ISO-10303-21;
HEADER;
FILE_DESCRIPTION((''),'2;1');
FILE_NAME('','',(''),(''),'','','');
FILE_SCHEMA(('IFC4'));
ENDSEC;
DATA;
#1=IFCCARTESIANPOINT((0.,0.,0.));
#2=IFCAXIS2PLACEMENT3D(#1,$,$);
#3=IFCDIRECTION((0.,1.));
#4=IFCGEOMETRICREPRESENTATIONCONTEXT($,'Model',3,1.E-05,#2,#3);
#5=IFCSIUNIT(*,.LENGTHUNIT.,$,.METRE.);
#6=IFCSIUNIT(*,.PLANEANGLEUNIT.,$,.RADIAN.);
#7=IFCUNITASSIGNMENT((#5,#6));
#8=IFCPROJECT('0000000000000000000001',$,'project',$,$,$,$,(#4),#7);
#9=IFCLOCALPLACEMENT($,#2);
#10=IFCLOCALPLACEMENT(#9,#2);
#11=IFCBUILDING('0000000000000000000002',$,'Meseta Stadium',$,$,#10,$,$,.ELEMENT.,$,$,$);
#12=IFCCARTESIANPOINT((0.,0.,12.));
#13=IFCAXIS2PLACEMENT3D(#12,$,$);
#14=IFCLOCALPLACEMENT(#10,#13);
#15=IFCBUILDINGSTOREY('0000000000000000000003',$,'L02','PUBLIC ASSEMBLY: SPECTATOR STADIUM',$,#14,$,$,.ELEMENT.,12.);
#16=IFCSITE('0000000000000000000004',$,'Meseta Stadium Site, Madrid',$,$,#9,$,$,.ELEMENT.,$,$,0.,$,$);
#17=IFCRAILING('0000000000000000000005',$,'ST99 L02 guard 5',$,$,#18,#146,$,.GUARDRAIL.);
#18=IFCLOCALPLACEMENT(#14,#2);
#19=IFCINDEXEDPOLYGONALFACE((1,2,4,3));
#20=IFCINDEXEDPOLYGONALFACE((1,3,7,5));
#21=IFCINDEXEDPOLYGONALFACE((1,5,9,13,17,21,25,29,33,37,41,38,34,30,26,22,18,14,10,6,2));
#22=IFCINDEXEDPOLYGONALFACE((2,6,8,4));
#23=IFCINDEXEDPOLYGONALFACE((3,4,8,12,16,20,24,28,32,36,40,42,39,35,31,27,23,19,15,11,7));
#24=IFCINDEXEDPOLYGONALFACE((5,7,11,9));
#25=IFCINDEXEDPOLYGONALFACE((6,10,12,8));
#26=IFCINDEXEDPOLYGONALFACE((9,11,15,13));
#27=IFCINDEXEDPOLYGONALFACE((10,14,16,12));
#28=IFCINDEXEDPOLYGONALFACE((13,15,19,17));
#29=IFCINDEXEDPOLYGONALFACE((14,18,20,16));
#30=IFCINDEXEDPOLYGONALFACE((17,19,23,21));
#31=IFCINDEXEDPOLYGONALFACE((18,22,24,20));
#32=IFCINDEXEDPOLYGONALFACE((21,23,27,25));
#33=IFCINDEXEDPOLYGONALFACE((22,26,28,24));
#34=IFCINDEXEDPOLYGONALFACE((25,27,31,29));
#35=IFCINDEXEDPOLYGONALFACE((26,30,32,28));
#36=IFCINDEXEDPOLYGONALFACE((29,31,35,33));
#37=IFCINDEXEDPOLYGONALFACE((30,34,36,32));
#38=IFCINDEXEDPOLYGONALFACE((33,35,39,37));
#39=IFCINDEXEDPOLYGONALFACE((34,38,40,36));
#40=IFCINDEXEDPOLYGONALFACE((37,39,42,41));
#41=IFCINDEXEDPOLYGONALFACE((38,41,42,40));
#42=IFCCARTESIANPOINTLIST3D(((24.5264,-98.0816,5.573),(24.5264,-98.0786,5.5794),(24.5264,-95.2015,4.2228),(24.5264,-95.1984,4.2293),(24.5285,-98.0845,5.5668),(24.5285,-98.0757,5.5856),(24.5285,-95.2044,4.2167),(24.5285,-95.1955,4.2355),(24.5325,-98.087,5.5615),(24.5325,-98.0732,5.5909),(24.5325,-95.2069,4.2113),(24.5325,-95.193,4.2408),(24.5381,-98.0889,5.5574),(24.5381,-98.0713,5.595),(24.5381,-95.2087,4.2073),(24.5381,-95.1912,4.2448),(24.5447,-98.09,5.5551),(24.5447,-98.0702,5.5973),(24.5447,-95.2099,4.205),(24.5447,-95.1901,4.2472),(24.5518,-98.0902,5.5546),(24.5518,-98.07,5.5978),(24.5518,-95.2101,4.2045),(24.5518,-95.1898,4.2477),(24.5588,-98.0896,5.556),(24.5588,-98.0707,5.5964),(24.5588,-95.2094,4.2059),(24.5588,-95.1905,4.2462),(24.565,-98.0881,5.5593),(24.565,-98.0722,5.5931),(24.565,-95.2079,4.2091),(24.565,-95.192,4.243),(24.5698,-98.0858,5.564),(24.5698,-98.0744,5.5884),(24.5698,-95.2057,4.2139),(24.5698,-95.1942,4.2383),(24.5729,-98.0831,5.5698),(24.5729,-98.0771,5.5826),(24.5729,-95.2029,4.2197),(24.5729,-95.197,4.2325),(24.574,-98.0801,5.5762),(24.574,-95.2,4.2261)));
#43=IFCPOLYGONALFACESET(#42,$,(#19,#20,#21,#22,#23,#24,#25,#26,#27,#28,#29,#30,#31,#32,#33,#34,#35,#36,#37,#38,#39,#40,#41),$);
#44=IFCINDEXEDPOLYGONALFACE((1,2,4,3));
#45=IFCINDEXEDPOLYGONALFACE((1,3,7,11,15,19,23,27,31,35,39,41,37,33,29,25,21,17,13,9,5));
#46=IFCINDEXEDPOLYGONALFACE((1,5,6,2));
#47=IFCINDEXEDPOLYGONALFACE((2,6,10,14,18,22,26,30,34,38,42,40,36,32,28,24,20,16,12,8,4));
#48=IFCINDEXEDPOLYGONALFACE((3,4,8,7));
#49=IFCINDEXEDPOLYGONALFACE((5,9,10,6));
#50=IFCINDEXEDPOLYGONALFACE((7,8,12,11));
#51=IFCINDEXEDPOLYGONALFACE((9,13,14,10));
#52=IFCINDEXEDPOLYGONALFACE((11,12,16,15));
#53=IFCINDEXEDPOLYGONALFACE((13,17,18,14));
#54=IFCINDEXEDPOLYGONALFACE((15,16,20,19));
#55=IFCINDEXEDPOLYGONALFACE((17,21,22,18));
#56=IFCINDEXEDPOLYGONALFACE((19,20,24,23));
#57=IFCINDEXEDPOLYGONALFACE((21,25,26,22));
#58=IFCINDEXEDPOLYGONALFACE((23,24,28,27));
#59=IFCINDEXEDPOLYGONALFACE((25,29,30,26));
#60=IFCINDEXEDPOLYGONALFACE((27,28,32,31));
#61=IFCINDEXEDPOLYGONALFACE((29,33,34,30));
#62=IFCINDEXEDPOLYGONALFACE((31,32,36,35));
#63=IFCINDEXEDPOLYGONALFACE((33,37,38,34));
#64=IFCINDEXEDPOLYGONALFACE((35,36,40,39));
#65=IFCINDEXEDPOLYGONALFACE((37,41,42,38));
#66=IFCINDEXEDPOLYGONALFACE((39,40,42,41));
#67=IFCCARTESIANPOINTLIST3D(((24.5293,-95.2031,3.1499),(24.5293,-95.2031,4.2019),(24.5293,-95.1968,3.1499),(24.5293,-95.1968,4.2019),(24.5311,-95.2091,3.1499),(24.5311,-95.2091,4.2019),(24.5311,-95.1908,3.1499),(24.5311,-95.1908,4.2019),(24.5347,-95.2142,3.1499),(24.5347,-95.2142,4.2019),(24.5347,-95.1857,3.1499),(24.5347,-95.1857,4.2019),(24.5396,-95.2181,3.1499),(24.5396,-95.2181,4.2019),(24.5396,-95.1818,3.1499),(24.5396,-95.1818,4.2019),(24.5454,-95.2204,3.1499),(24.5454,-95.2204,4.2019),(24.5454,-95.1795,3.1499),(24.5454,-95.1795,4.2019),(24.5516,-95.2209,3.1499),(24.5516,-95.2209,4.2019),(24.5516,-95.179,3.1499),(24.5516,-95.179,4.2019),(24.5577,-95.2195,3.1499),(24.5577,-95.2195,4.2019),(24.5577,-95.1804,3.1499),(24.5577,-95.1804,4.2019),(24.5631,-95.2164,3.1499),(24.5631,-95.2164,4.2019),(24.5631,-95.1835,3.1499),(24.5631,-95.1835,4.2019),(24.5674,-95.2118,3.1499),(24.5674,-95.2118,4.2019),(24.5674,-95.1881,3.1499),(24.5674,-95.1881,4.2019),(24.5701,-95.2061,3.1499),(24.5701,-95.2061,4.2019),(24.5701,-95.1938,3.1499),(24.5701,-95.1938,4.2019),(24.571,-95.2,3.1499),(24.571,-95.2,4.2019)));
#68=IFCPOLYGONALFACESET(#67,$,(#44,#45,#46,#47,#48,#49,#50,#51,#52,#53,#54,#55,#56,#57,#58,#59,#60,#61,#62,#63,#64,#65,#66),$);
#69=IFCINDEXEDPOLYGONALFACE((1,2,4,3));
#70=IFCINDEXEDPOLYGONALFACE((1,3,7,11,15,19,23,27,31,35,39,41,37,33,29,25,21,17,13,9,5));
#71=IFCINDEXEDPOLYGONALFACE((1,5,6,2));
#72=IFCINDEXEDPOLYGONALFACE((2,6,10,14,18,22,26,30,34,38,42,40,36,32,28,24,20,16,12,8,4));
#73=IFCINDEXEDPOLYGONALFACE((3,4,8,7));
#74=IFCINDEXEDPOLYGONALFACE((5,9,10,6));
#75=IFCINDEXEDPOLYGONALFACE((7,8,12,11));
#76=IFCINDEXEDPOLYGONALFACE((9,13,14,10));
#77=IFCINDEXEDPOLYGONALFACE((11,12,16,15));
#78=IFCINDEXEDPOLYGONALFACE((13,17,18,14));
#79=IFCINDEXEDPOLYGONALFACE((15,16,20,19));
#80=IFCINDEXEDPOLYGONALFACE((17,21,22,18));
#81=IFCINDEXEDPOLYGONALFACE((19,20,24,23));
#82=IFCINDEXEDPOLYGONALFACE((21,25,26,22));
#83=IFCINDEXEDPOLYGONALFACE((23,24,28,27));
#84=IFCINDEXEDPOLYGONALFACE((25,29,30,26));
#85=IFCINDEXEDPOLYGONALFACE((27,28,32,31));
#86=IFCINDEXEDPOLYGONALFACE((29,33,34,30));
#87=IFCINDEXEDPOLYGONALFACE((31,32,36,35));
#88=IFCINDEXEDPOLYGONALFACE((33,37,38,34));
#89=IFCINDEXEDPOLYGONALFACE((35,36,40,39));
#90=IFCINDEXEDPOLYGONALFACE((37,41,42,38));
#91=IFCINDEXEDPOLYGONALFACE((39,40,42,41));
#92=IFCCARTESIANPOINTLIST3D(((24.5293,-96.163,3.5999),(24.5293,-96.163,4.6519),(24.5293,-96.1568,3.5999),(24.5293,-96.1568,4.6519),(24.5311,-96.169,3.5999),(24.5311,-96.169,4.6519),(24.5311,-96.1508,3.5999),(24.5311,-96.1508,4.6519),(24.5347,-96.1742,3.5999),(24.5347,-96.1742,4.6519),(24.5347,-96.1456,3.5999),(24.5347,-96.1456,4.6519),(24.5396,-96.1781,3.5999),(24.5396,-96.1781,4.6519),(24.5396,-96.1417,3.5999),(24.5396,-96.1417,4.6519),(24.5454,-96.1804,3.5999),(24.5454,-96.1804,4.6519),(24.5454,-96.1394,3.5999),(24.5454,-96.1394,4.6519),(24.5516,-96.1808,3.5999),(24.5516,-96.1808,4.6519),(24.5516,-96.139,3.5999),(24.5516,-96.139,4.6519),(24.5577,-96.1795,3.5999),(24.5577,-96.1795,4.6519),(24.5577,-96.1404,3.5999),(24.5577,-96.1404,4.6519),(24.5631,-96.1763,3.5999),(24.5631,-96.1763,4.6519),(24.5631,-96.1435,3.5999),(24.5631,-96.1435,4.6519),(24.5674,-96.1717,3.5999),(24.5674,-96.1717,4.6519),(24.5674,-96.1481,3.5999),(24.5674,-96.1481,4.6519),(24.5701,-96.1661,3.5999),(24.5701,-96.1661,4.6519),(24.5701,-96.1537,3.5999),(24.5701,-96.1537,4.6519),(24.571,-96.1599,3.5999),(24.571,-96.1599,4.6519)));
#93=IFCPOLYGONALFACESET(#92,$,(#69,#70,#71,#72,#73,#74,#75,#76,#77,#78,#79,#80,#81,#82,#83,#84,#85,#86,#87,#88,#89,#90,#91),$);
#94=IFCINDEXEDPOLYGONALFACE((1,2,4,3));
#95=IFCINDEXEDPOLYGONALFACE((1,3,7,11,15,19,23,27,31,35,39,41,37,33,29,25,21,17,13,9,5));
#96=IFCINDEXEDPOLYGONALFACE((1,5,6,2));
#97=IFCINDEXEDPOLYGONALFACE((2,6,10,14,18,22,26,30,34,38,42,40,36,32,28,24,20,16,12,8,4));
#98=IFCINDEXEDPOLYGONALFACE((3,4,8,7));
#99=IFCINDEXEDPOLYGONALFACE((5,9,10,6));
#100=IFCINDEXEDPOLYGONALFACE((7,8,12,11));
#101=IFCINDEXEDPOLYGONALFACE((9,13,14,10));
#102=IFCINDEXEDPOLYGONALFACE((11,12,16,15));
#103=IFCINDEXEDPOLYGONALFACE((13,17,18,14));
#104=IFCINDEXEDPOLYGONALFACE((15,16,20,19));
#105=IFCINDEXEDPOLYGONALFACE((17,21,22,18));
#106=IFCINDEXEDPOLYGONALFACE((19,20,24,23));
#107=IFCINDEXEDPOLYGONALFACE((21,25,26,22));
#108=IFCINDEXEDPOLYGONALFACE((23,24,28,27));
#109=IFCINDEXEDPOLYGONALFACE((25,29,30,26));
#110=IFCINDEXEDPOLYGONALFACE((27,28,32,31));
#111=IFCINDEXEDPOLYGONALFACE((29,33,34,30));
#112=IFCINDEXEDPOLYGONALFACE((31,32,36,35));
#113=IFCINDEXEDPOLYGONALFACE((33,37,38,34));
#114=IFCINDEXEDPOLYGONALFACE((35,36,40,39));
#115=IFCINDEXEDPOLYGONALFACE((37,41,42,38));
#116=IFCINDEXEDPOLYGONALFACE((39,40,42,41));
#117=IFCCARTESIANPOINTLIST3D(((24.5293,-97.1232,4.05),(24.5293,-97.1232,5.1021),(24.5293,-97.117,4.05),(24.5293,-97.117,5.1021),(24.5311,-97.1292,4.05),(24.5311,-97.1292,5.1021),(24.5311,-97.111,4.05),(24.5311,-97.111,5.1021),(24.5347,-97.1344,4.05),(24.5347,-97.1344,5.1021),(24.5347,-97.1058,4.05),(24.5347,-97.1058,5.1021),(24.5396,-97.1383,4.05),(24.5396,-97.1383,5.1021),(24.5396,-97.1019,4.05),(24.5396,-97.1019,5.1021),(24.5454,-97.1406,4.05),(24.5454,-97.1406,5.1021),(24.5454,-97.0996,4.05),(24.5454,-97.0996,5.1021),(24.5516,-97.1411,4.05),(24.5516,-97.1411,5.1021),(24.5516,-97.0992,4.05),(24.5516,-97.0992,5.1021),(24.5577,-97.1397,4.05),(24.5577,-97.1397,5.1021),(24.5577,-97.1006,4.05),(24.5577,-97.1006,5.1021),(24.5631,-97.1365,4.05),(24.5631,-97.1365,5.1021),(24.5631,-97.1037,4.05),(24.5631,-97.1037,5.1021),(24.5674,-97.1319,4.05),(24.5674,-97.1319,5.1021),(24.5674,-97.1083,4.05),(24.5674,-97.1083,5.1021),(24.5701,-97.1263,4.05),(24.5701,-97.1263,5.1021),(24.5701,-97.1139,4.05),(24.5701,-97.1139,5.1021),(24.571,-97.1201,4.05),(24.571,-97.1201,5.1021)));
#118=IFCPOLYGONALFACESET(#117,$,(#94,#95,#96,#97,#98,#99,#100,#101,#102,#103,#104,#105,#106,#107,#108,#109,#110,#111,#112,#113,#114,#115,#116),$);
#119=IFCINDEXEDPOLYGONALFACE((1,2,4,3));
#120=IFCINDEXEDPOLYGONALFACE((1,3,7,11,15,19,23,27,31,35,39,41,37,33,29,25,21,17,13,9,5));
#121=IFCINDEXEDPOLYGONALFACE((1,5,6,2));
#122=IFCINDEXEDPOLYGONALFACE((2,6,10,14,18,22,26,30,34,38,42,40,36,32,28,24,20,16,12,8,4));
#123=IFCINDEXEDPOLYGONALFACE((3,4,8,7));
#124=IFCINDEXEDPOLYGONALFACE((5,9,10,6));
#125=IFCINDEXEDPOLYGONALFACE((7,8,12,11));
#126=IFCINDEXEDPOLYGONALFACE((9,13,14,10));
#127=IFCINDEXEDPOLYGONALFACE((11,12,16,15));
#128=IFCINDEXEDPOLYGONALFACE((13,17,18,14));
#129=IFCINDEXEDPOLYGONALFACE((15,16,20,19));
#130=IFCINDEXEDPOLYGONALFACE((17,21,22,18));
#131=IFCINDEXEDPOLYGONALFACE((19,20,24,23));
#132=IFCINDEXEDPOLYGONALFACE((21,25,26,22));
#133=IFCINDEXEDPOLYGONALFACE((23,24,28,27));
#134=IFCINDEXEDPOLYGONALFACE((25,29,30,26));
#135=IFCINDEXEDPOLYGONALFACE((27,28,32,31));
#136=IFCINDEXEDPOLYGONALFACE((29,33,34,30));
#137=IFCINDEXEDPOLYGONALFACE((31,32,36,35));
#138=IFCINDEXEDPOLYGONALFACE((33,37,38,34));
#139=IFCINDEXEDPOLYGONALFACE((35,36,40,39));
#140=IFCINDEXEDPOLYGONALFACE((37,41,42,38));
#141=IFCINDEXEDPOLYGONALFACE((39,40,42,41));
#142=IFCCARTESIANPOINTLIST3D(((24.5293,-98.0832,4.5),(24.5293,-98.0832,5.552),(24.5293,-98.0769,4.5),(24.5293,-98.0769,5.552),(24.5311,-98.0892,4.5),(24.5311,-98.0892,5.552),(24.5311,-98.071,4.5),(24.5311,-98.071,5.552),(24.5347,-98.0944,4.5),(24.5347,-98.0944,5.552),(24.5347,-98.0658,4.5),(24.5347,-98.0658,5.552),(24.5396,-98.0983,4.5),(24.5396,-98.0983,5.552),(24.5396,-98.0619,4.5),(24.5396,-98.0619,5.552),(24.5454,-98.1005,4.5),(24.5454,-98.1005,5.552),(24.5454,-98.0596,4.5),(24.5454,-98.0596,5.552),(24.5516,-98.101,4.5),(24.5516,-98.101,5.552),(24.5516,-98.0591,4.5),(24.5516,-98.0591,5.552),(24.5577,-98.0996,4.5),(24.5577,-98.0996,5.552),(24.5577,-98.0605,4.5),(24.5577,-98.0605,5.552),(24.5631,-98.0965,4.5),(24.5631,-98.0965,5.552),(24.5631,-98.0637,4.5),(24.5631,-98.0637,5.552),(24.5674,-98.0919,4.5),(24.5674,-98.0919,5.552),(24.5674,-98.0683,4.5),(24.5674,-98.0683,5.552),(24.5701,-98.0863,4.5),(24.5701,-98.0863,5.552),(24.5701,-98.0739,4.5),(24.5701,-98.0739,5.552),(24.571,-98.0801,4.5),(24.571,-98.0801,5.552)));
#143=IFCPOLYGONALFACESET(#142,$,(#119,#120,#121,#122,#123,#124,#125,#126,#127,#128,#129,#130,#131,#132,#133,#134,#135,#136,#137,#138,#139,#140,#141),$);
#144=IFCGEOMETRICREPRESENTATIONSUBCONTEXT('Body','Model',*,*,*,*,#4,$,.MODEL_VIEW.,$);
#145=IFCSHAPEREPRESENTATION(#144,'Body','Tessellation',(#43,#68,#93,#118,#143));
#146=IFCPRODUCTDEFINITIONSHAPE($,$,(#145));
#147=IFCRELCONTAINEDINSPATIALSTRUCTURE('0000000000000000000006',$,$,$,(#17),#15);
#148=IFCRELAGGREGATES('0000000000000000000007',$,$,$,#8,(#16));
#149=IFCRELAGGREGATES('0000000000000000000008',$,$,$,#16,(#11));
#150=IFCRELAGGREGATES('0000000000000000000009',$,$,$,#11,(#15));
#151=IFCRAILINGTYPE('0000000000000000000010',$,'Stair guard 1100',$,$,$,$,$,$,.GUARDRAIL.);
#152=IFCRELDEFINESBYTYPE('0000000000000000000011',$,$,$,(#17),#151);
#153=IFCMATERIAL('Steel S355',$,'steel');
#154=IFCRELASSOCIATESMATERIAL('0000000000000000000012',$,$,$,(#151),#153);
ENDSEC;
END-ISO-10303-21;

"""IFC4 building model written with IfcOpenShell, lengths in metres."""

from ifc_helpers import new_model, si_unit, direction, frame, origin, origin_2d, place, context, subcontext, project, spatial, circle, extrude, material, type_object, element, save


model = new_model("IFC4")

# Units and contexts
model_context = context("Model", 3, precision=1e-05, world=origin(), true_north=direction((0.0, 1.0)))
body_context = subcontext(model_context, "Body", "Model", "MODEL_VIEW")
ifc_project = project(units=[si_unit("LENGTHUNIT", "METRE"), si_unit("PLANEANGLEUNIT", "RADIAN")], contexts=[model_context])

# Site, building, storey
site_placement = place(None, origin())
site = spatial("IfcSite", under=ifc_project, at=site_placement, Name="Meseta Stadium Site, Madrid", CompositionType="ELEMENT", RefElevation=0.0)
building_placement = place(site_placement, origin())
building = spatial("IfcBuilding", under=site, at=building_placement, Name="Meseta Stadium", CompositionType="ELEMENT")
storey_placement = place(building_placement, frame((0.0, 0.0, 12.0)))
storey = spatial("IfcBuildingStorey", under=building, at=storey_placement, Name="L02", Description="PUBLIC ASSEMBLY: SPECTATOR STADIUM", CompositionType="ELEMENT", Elevation=12.0)

# Railing
ifc_material_1 = material(Name="Steel S355", Category="steel")
railing_type_1 = type_object("IfcRailingType", Name="Stair guard 1100", PredefinedType="GUARDRAIL", material=ifc_material_1)
railing_1_placement = place(storey_placement, frame((24.55, -95.2, 3.1499)))
element("IfcRailing", 1, at=railing_1_placement, inside=storey, type_object=railing_type_1, Name="ST99 L02 guard 5", PredefinedType="GUARDRAIL", context=body_context, shape_type="SweptSolid", body=[
    extrude(circle(Radius=0.0239, at=origin_2d()), frame((0.0, 0.0, 1.0762), z_axis=(0.0, -0.905454, 0.424444), x_axis=(1.0, 0.0, 0.0)), (0.0, 0.0, 1.0), 3.1809),
    extrude(circle(Radius=0.021, at=origin_2d()), origin(), (0.0, 0.0, 1.0), 1.052),
    extrude(circle(Radius=0.021, at=origin_2d()), frame((0.0, -0.96, 0.45)), (0.0, 0.0, 1.0), 1.052),
    extrude(circle(Radius=0.021, at=origin_2d()), frame((0.0, -1.9202, 0.9001)), (0.0, 0.0, 1.0), 1.052),
    extrude(circle(Radius=0.021, at=origin_2d()), frame((0.0, -2.8801, 1.3501)), (0.0, 0.0, 1.0), 1.052),
])

save(model, "model.ifc")
